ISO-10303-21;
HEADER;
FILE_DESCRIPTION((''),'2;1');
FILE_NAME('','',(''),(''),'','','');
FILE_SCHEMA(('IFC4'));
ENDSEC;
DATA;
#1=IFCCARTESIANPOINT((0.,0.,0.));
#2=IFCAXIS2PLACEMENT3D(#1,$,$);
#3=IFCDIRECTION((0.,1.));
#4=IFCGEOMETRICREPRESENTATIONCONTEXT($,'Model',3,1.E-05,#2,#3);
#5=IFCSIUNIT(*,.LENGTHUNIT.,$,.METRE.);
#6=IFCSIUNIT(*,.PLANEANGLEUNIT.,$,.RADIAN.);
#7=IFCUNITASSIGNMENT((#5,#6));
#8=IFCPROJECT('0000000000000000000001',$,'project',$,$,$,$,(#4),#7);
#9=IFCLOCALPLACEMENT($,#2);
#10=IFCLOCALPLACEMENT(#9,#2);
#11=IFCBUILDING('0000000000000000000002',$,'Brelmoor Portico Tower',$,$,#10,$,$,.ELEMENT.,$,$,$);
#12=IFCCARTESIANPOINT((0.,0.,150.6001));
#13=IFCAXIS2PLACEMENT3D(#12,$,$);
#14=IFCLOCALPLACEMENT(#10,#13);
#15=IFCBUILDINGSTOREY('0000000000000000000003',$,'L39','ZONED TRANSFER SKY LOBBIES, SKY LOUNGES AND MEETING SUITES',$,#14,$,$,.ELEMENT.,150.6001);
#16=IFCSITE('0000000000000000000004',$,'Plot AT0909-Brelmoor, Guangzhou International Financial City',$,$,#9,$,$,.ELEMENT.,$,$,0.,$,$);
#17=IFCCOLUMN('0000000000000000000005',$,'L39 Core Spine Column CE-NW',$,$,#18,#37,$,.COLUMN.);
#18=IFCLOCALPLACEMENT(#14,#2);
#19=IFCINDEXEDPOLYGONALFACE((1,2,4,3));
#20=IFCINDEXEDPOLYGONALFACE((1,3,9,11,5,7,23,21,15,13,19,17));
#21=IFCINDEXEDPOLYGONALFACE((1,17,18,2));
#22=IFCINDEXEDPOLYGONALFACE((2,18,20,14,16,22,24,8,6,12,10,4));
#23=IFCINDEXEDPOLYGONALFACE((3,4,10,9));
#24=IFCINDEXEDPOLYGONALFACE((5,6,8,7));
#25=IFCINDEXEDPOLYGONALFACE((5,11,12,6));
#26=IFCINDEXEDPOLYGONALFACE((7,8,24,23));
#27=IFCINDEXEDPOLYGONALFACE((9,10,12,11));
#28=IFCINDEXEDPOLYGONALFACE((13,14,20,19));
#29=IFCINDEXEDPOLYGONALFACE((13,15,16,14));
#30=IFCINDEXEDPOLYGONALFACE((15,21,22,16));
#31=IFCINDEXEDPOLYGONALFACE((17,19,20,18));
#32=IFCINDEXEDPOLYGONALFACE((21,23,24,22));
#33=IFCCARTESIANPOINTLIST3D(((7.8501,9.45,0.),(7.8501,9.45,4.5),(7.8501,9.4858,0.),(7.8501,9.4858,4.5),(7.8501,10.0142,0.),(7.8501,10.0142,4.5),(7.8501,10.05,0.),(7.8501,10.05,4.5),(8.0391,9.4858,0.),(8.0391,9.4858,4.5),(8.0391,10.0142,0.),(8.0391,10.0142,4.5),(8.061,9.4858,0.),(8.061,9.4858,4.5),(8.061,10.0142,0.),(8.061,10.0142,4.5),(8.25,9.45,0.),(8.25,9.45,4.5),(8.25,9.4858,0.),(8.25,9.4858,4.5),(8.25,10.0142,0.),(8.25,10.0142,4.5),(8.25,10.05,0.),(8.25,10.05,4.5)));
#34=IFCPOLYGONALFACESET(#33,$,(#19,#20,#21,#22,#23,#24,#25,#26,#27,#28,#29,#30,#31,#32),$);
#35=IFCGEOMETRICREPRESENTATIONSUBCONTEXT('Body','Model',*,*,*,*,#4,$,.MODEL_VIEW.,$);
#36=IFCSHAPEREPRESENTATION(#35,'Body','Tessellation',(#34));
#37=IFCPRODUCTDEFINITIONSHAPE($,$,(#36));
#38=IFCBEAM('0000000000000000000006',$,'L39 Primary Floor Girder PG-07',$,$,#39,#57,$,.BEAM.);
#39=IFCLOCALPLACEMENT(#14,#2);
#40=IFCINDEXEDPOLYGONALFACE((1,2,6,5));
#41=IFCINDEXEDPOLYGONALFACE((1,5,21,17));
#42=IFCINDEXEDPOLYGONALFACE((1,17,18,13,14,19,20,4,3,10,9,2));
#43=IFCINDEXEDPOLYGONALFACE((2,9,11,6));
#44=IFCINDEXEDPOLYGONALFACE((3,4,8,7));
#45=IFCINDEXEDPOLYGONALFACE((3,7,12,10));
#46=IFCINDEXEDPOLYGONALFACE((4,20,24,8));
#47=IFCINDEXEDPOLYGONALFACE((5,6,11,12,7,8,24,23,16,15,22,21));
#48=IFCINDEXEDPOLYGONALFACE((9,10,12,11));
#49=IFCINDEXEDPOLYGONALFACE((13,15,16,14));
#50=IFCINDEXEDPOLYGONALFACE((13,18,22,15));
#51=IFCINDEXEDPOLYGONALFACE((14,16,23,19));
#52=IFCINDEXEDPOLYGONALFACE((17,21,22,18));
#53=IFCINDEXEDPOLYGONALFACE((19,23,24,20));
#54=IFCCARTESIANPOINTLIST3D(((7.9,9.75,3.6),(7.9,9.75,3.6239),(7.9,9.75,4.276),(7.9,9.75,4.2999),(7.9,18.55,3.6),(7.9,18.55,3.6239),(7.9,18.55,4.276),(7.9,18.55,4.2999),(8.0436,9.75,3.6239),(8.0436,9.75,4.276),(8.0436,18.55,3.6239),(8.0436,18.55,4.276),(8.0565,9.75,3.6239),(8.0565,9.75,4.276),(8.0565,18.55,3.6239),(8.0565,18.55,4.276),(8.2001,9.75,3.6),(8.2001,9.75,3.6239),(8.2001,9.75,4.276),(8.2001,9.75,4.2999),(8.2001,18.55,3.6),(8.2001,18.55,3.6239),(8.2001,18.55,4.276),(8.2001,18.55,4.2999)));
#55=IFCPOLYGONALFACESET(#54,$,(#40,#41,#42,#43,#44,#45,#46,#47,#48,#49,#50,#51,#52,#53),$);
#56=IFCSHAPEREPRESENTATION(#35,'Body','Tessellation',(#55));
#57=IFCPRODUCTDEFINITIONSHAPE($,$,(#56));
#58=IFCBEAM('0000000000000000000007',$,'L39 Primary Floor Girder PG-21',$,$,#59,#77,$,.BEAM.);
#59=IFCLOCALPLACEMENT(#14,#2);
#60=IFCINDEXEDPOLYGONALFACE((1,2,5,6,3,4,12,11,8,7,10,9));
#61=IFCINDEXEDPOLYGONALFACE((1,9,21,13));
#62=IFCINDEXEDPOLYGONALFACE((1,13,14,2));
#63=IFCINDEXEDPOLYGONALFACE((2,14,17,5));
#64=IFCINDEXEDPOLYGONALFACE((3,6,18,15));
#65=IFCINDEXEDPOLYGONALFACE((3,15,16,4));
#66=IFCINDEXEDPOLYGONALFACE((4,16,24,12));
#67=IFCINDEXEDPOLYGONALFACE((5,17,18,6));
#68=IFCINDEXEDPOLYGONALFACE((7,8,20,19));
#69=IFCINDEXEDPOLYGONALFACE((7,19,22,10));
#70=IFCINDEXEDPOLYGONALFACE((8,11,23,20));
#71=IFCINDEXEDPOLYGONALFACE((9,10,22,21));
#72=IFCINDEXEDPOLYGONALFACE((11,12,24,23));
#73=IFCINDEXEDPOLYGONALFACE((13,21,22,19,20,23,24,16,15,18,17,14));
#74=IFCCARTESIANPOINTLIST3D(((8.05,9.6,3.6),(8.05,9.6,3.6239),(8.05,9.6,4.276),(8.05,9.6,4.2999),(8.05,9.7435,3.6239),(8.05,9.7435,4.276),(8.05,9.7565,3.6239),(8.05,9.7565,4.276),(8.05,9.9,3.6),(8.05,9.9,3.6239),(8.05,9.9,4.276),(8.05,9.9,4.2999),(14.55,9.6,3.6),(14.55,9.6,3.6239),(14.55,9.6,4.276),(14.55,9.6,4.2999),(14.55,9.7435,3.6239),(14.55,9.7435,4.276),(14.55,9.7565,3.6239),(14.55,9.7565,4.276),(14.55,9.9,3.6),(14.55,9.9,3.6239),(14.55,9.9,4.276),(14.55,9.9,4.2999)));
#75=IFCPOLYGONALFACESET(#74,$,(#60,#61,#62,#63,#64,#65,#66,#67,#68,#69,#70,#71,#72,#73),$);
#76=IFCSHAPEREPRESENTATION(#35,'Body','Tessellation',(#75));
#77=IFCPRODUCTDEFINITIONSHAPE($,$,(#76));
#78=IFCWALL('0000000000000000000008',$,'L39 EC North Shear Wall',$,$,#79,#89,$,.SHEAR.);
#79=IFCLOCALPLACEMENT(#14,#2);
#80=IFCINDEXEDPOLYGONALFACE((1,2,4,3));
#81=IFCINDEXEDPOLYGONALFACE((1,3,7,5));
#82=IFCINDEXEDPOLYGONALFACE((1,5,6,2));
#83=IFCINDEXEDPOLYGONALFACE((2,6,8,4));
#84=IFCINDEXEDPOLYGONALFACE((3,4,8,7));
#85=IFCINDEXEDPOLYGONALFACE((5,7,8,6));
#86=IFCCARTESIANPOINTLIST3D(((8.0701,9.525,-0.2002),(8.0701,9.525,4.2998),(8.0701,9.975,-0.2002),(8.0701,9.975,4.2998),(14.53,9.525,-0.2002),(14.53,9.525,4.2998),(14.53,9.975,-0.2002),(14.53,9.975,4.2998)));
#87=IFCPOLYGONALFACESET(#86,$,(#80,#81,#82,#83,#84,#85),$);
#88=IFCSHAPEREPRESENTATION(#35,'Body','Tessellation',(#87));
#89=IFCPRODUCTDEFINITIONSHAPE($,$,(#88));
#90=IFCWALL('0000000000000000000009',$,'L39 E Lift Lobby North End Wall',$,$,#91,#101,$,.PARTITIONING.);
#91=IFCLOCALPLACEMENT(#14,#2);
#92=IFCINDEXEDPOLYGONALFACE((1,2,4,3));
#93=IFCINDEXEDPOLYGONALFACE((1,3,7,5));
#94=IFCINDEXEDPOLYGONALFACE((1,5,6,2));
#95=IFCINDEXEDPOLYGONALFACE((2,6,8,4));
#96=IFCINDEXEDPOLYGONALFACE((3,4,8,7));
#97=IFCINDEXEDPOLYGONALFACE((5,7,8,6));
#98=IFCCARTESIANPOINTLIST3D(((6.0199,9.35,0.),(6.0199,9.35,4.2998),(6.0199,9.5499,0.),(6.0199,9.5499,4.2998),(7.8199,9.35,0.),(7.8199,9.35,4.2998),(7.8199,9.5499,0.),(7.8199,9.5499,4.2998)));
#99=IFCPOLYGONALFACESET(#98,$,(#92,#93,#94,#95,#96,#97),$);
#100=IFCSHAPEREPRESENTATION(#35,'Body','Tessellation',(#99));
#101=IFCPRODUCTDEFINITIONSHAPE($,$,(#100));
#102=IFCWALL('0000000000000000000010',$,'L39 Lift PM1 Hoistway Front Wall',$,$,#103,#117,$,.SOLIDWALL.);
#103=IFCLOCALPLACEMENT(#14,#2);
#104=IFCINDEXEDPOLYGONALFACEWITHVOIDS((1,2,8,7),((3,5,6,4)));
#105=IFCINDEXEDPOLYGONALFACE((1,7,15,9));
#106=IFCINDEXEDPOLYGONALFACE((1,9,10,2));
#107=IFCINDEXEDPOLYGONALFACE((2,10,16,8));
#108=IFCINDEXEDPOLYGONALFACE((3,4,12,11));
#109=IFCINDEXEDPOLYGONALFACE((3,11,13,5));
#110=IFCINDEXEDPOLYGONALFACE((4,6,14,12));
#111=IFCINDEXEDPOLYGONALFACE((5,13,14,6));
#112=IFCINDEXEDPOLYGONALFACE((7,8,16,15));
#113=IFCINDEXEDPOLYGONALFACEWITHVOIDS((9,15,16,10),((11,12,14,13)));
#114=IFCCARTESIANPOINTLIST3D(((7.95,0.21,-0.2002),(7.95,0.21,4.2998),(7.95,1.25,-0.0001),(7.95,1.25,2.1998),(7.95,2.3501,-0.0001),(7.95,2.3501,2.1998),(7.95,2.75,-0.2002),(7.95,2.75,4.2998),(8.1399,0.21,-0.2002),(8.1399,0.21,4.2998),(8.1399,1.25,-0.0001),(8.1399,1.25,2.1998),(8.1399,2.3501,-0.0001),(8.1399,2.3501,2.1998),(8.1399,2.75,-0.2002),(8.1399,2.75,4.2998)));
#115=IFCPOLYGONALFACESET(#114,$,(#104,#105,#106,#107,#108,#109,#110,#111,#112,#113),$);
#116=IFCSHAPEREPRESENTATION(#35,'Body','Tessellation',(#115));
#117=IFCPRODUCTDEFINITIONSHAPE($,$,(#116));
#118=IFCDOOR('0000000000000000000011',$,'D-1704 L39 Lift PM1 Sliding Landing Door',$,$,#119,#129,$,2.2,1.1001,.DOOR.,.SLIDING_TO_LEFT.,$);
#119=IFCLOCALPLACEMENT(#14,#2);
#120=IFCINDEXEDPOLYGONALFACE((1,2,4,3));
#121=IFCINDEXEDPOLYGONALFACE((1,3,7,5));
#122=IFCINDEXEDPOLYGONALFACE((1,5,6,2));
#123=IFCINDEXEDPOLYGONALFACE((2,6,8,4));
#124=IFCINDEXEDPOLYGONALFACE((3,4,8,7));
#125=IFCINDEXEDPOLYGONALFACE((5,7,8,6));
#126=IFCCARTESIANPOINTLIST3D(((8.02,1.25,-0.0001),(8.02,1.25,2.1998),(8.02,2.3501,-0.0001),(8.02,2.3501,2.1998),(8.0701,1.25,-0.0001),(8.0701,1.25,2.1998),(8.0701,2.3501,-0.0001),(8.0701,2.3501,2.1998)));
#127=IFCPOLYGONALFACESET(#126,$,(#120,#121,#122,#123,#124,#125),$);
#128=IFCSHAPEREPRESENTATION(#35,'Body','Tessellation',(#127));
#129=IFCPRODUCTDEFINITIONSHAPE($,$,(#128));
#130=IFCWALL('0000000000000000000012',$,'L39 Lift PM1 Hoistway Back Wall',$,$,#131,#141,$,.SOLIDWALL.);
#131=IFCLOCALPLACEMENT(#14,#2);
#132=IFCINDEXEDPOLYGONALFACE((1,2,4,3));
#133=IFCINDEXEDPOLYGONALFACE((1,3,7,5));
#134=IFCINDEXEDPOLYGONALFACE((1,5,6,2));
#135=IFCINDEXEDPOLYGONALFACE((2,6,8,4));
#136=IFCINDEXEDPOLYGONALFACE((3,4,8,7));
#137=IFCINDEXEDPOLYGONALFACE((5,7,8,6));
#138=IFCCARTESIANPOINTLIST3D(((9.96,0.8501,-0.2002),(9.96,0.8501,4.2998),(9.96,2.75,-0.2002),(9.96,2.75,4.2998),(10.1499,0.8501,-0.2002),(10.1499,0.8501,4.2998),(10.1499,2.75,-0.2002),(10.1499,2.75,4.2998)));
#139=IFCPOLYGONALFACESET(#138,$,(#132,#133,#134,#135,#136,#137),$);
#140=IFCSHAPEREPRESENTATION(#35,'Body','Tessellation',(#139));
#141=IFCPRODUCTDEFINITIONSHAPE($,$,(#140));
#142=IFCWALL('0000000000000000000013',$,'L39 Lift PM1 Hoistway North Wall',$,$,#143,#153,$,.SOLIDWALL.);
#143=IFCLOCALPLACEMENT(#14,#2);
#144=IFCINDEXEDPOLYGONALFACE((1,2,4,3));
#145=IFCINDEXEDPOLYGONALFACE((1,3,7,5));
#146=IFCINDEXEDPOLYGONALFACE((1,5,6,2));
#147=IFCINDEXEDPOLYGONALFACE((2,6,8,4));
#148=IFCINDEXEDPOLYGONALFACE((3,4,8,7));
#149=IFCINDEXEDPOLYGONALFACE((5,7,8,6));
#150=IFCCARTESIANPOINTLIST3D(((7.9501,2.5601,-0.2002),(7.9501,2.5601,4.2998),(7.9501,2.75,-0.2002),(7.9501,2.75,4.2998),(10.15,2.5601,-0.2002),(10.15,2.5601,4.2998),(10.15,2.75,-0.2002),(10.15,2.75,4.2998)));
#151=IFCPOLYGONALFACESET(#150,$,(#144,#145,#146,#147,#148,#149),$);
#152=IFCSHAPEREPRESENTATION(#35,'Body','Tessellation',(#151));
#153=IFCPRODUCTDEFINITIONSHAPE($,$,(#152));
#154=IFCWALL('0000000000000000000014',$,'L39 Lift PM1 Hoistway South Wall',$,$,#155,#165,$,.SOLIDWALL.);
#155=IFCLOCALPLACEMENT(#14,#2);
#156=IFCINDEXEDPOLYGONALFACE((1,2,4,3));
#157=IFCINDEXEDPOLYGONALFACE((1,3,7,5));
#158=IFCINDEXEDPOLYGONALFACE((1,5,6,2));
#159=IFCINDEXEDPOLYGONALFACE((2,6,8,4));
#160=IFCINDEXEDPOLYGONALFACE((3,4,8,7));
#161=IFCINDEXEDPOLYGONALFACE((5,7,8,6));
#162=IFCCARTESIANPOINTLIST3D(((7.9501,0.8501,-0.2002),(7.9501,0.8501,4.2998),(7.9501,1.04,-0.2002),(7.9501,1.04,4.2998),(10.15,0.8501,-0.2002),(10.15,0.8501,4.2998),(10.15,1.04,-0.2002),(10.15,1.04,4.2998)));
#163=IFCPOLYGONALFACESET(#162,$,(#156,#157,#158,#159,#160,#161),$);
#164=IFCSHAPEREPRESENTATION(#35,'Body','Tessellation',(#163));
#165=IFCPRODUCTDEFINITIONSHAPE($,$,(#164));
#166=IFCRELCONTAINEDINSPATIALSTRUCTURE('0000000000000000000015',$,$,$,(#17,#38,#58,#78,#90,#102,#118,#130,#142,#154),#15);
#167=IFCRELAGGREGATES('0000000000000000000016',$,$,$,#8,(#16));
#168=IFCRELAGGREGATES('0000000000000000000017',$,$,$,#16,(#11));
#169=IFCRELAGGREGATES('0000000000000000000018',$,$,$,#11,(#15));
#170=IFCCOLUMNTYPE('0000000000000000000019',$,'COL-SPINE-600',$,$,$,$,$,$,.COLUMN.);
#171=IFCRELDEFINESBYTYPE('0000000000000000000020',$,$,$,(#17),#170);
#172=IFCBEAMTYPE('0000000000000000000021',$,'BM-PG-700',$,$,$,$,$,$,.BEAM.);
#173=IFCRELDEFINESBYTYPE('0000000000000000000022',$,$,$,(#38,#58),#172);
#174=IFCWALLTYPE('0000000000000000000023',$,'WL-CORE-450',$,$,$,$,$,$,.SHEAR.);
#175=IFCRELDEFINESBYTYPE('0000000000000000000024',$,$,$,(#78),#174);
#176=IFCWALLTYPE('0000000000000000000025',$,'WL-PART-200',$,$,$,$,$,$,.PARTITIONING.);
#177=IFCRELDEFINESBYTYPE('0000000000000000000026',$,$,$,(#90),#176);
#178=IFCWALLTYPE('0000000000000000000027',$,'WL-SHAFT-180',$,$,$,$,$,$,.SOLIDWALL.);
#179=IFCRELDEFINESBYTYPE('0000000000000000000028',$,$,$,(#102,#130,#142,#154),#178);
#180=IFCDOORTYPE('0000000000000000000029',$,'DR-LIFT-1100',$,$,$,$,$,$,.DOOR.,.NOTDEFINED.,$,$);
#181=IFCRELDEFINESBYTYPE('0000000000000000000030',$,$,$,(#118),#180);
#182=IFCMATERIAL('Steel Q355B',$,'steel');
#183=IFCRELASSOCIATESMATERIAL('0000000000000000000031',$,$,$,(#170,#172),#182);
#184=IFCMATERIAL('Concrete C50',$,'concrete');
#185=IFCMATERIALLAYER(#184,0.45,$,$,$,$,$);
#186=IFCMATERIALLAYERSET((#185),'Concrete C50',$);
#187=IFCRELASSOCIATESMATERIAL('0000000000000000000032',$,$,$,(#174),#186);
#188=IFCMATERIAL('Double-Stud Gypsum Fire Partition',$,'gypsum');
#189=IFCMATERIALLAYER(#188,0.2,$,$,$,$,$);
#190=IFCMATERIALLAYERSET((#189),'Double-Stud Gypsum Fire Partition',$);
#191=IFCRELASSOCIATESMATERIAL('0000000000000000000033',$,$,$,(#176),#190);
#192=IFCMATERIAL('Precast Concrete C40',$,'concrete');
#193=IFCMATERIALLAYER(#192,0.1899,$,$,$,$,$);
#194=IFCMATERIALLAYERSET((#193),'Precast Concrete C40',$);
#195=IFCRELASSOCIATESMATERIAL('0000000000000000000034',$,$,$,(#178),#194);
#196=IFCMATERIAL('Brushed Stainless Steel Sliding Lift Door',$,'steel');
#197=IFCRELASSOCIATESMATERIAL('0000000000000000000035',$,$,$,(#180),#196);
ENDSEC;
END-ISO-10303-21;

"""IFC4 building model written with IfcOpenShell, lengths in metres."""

from ifc_helpers import new_model, si_unit, direction, frame, frame_2d, origin, origin_2d, place, context, subcontext, project, spatial, rectangle, i_section, extrude, material, layer, layer_set, material_profile, profile_set, type_object, element, fill, save


model = new_model("IFC4")

# Units and contexts
model_context = context("Model", 3, precision=1e-05, world=origin(), true_north=direction((0.0, 1.0)))
body_context = subcontext(model_context, "Body", "Model", "MODEL_VIEW")
ifc_project = project(units=[si_unit("LENGTHUNIT", "METRE"), si_unit("PLANEANGLEUNIT", "RADIAN")], contexts=[model_context])

# Site, building, storey
site_placement = place(None, origin())
site = spatial("IfcSite", under=ifc_project, at=site_placement, Name="Plot AT0909-Brelmoor, Guangzhou International Financial City", CompositionType="ELEMENT", RefElevation=0.0)
building_placement = place(site_placement, origin())
building = spatial("IfcBuilding", under=site, at=building_placement, Name="Brelmoor Portico Tower", CompositionType="ELEMENT")
storey_placement = place(building_placement, frame((0.0, 0.0, 150.6001)))
storey = spatial("IfcBuildingStorey", under=building, at=storey_placement, Name="L39", Description="ZONED TRANSFER SKY LOBBIES, SKY LOUNGES AND MEETING SUITES", CompositionType="ELEMENT", Elevation=150.6001)

# Column
ifc_material_1 = material(Name="Steel Q355B", Category="steel")
ifc_material_profile_1 = material_profile(ifc_material_1, i_section(OverallWidth=0.3999, OverallDepth=0.6001, WebThickness=0.022, FlangeThickness=0.0359, at=origin_2d()), Name="HW 600x400x22x36")
ifc_profile_set_1 = profile_set([ifc_material_profile_1], Name="Steel Q355B")
column_type = type_object("IfcColumnType", Name="COL-SPINE-600", PredefinedType="COLUMN", material=ifc_profile_set_1)
column_placement = place(storey_placement, frame((8.05, 9.75, 0.0), z_axis=(0.0, 0.0, 1.0), x_axis=(1.0, 0.0, 0.0)))
element("IfcColumn", 1, at=column_placement, inside=storey, type_object=column_type, Name="L39 Core Spine Column CE-NW", PredefinedType="COLUMN", context=body_context, shape_type="SweptSolid", body=[
    extrude(i_section(OverallWidth=0.3999, OverallDepth=0.6001, WebThickness=0.022, FlangeThickness=0.0359, at=origin_2d()), origin(), (0.0, 0.0, 1.0), 4.5),
])

# Beams
ifc_material_profile_2 = material_profile(ifc_material_1, i_section(OverallWidth=0.3, OverallDepth=0.7, WebThickness=0.0129, FlangeThickness=0.0239, at=origin_2d()), Name="HN 700x300x13x24")
ifc_profile_set_2 = profile_set([ifc_material_profile_2], Name="Steel Q355B")
beam_type = type_object("IfcBeamType", Name="BM-PG-700", PredefinedType="BEAM", material=ifc_profile_set_2)
beam_1_placement = place(storey_placement, frame((8.05, 9.75, 3.95), z_axis=(0.0, 1.0, 0.0), x_axis=(-1.0, 0.0, 0.0)))
element("IfcBeam", 2, at=beam_1_placement, inside=storey, type_object=beam_type, Name="L39 Primary Floor Girder PG-07", PredefinedType="BEAM", context=body_context, shape_type="SweptSolid", body=[
    extrude(i_section(OverallWidth=0.3, OverallDepth=0.7, WebThickness=0.0129, FlangeThickness=0.0239, at=origin_2d()), origin(), (0.0, 0.0, 1.0), 8.8),
])
beam_2_placement = place(storey_placement, frame((8.05, 9.75, 3.95), z_axis=(1.0, 0.0, 0.0), x_axis=(0.0, 1.0, 0.0)))
element("IfcBeam", 3, at=beam_2_placement, inside=storey, type_object=beam_type, Name="L39 Primary Floor Girder PG-21", PredefinedType="BEAM", context=body_context, shape_type="SweptSolid", body=[
    extrude(i_section(OverallWidth=0.3, OverallDepth=0.7, WebThickness=0.0129, FlangeThickness=0.0239, at=origin_2d()), origin(), (0.0, 0.0, 1.0), 6.5),
])

# Walls
ifc_material_2 = material(Name="Concrete C50", Category="concrete")
ifc_layer_1 = layer(ifc_material_2, 0.45)
ifc_layer_set_1 = layer_set([ifc_layer_1], Name="Concrete C50")
wall_type_1 = type_object("IfcWallType", Name="WL-CORE-450", PredefinedType="SHEAR", material=ifc_layer_set_1)
wall_1_placement = place(storey_placement, frame((8.0701, 9.75, -0.2002), z_axis=(0.0, 0.0, 1.0), x_axis=(1.0, 0.0, 0.0)))
element("IfcWall", 4, at=wall_1_placement, inside=storey, type_object=wall_type_1, Name="L39 EC North Shear Wall", PredefinedType="SHEAR", context=body_context, shape_type="SweptSolid", body=[
    extrude(rectangle(XDim=6.46, YDim=0.45, at=frame_2d((3.23, 0.0))), origin(), (0.0, 0.0, 1.0), 4.5),
])
ifc_material_3 = material(Name="Double-Stud Gypsum Fire Partition", Category="gypsum")
ifc_layer_2 = layer(ifc_material_3, 0.2)
ifc_layer_set_2 = layer_set([ifc_layer_2], Name="Double-Stud Gypsum Fire Partition")
wall_type_2 = type_object("IfcWallType", Name="WL-PART-200", PredefinedType="PARTITIONING", material=ifc_layer_set_2)
wall_2_placement = place(storey_placement, frame((6.02, 9.45, 0.0), z_axis=(0.0, 0.0, 1.0), x_axis=(1.0, 0.0, 0.0)))
element("IfcWall", 5, at=wall_2_placement, inside=storey, type_object=wall_type_2, Name="L39 E Lift Lobby North End Wall", PredefinedType="PARTITIONING", context=body_context, shape_type="SweptSolid", body=[
    extrude(rectangle(XDim=1.8, YDim=0.2, at=frame_2d((0.8999, 0.0))), origin(), (0.0, 0.0, 1.0), 4.2998),
])

# Wall, opening, door
ifc_material_4 = material(Name="Precast Concrete C40", Category="concrete")
ifc_layer_3 = layer(ifc_material_4, 0.1899)
ifc_layer_set_3 = layer_set([ifc_layer_3], Name="Precast Concrete C40")
wall_type_3 = type_object("IfcWallType", Name="WL-SHAFT-180", PredefinedType="SOLIDWALL", material=ifc_layer_set_3)
wall_3_placement = place(storey_placement, frame((8.0449, 0.21, -0.2002), z_axis=(0.0, 0.0, 1.0), x_axis=(0.0, 1.0, 0.0)))
wall_3 = element("IfcWall", 6, at=wall_3_placement, inside=storey, type_object=wall_type_3, Name="L39 Lift PM1 Hoistway Front Wall", PredefinedType="SOLIDWALL", context=body_context, shape_type="SweptSolid", body=[
    extrude(rectangle(XDim=2.54, YDim=0.1899, at=frame_2d((1.27, 0.0))), origin(), (0.0, 0.0, 1.0), 4.5),
])
opening_1_placement = place(wall_3_placement, frame((1.04, 0.0, 0.2)))
opening_1 = element("IfcOpeningElement", 7, at=opening_1_placement, cuts=wall_3, PredefinedType="OPENING", context=body_context, shape_type="SweptSolid", body=[
    extrude(rectangle(XDim=1.1001, YDim=2.2, at=frame_2d((0.55, 1.1001))), frame((0.0, 0.105, 0.0), z_axis=(0.0, -1.0, 0.0), x_axis=(1.0, 0.0, 0.0)), (0.0, 0.0, 1.0), 0.21),
])
ifc_material_5 = material(Name="Brushed Stainless Steel Sliding Lift Door", Category="steel")
door_type = type_object("IfcDoorType", Name="DR-LIFT-1100", OperationType="NOTDEFINED", PredefinedType="DOOR", material=ifc_material_5)
door_1_placement = place(opening_1_placement, origin())
door_1 = element("IfcDoor", 8, at=door_1_placement, inside=storey, type_object=door_type, Name="D-1704 L39 Lift PM1 Sliding Landing Door", OperationType="SLIDING_TO_LEFT", OverallHeight=2.2, OverallWidth=1.1001, PredefinedType="DOOR", context=body_context, shape_type="SweptSolid", body=[
    extrude(rectangle(XDim=1.1001, YDim=2.2, at=frame_2d((0.55, 1.1001))), frame((0.0, 0.0249, 0.0), z_axis=(0.0, -1.0, 0.0), x_axis=(1.0, 0.0, 0.0)), (0.0, 0.0, 1.0), 0.05),
])
fill(opening_1, door_1)

# Walls
wall_4_placement = place(storey_placement, frame((10.0549, 0.8501, -0.2002), z_axis=(0.0, 0.0, 1.0), x_axis=(0.0, 1.0, 0.0)))
element("IfcWall", 9, at=wall_4_placement, inside=storey, type_object=wall_type_3, Name="L39 Lift PM1 Hoistway Back Wall", PredefinedType="SOLIDWALL", context=body_context, shape_type="SweptSolid", body=[
    extrude(rectangle(XDim=1.8999, YDim=0.1899, at=frame_2d((0.95, 0.0))), origin(), (0.0, 0.0, 1.0), 4.5),
])
for number, where, z_axis, x_axis, name in (
    (10, (7.95, 2.655, -0.2002), (0.0, 0.0, 1.0), (1.0, 0.0, 0.0), "L39 Lift PM1 Hoistway North Wall"),
    (11, (7.95, 0.9451, -0.2002), (0.0, 0.0, 1.0), (1.0, 0.0, 0.0), "L39 Lift PM1 Hoistway South Wall"),
):
    element("IfcWall", number, at=place(storey_placement, frame(where, z_axis=z_axis, x_axis=x_axis)), inside=storey, type_object=wall_type_3, Name=name, PredefinedType="SOLIDWALL", context=body_context, shape_type="SweptSolid", body=[
        extrude(rectangle(XDim=2.2, YDim=0.1899, at=frame_2d((1.1001, 0.0))), origin(), (0.0, 0.0, 1.0), 4.5),
    ])

save(model, "model.ifc")
